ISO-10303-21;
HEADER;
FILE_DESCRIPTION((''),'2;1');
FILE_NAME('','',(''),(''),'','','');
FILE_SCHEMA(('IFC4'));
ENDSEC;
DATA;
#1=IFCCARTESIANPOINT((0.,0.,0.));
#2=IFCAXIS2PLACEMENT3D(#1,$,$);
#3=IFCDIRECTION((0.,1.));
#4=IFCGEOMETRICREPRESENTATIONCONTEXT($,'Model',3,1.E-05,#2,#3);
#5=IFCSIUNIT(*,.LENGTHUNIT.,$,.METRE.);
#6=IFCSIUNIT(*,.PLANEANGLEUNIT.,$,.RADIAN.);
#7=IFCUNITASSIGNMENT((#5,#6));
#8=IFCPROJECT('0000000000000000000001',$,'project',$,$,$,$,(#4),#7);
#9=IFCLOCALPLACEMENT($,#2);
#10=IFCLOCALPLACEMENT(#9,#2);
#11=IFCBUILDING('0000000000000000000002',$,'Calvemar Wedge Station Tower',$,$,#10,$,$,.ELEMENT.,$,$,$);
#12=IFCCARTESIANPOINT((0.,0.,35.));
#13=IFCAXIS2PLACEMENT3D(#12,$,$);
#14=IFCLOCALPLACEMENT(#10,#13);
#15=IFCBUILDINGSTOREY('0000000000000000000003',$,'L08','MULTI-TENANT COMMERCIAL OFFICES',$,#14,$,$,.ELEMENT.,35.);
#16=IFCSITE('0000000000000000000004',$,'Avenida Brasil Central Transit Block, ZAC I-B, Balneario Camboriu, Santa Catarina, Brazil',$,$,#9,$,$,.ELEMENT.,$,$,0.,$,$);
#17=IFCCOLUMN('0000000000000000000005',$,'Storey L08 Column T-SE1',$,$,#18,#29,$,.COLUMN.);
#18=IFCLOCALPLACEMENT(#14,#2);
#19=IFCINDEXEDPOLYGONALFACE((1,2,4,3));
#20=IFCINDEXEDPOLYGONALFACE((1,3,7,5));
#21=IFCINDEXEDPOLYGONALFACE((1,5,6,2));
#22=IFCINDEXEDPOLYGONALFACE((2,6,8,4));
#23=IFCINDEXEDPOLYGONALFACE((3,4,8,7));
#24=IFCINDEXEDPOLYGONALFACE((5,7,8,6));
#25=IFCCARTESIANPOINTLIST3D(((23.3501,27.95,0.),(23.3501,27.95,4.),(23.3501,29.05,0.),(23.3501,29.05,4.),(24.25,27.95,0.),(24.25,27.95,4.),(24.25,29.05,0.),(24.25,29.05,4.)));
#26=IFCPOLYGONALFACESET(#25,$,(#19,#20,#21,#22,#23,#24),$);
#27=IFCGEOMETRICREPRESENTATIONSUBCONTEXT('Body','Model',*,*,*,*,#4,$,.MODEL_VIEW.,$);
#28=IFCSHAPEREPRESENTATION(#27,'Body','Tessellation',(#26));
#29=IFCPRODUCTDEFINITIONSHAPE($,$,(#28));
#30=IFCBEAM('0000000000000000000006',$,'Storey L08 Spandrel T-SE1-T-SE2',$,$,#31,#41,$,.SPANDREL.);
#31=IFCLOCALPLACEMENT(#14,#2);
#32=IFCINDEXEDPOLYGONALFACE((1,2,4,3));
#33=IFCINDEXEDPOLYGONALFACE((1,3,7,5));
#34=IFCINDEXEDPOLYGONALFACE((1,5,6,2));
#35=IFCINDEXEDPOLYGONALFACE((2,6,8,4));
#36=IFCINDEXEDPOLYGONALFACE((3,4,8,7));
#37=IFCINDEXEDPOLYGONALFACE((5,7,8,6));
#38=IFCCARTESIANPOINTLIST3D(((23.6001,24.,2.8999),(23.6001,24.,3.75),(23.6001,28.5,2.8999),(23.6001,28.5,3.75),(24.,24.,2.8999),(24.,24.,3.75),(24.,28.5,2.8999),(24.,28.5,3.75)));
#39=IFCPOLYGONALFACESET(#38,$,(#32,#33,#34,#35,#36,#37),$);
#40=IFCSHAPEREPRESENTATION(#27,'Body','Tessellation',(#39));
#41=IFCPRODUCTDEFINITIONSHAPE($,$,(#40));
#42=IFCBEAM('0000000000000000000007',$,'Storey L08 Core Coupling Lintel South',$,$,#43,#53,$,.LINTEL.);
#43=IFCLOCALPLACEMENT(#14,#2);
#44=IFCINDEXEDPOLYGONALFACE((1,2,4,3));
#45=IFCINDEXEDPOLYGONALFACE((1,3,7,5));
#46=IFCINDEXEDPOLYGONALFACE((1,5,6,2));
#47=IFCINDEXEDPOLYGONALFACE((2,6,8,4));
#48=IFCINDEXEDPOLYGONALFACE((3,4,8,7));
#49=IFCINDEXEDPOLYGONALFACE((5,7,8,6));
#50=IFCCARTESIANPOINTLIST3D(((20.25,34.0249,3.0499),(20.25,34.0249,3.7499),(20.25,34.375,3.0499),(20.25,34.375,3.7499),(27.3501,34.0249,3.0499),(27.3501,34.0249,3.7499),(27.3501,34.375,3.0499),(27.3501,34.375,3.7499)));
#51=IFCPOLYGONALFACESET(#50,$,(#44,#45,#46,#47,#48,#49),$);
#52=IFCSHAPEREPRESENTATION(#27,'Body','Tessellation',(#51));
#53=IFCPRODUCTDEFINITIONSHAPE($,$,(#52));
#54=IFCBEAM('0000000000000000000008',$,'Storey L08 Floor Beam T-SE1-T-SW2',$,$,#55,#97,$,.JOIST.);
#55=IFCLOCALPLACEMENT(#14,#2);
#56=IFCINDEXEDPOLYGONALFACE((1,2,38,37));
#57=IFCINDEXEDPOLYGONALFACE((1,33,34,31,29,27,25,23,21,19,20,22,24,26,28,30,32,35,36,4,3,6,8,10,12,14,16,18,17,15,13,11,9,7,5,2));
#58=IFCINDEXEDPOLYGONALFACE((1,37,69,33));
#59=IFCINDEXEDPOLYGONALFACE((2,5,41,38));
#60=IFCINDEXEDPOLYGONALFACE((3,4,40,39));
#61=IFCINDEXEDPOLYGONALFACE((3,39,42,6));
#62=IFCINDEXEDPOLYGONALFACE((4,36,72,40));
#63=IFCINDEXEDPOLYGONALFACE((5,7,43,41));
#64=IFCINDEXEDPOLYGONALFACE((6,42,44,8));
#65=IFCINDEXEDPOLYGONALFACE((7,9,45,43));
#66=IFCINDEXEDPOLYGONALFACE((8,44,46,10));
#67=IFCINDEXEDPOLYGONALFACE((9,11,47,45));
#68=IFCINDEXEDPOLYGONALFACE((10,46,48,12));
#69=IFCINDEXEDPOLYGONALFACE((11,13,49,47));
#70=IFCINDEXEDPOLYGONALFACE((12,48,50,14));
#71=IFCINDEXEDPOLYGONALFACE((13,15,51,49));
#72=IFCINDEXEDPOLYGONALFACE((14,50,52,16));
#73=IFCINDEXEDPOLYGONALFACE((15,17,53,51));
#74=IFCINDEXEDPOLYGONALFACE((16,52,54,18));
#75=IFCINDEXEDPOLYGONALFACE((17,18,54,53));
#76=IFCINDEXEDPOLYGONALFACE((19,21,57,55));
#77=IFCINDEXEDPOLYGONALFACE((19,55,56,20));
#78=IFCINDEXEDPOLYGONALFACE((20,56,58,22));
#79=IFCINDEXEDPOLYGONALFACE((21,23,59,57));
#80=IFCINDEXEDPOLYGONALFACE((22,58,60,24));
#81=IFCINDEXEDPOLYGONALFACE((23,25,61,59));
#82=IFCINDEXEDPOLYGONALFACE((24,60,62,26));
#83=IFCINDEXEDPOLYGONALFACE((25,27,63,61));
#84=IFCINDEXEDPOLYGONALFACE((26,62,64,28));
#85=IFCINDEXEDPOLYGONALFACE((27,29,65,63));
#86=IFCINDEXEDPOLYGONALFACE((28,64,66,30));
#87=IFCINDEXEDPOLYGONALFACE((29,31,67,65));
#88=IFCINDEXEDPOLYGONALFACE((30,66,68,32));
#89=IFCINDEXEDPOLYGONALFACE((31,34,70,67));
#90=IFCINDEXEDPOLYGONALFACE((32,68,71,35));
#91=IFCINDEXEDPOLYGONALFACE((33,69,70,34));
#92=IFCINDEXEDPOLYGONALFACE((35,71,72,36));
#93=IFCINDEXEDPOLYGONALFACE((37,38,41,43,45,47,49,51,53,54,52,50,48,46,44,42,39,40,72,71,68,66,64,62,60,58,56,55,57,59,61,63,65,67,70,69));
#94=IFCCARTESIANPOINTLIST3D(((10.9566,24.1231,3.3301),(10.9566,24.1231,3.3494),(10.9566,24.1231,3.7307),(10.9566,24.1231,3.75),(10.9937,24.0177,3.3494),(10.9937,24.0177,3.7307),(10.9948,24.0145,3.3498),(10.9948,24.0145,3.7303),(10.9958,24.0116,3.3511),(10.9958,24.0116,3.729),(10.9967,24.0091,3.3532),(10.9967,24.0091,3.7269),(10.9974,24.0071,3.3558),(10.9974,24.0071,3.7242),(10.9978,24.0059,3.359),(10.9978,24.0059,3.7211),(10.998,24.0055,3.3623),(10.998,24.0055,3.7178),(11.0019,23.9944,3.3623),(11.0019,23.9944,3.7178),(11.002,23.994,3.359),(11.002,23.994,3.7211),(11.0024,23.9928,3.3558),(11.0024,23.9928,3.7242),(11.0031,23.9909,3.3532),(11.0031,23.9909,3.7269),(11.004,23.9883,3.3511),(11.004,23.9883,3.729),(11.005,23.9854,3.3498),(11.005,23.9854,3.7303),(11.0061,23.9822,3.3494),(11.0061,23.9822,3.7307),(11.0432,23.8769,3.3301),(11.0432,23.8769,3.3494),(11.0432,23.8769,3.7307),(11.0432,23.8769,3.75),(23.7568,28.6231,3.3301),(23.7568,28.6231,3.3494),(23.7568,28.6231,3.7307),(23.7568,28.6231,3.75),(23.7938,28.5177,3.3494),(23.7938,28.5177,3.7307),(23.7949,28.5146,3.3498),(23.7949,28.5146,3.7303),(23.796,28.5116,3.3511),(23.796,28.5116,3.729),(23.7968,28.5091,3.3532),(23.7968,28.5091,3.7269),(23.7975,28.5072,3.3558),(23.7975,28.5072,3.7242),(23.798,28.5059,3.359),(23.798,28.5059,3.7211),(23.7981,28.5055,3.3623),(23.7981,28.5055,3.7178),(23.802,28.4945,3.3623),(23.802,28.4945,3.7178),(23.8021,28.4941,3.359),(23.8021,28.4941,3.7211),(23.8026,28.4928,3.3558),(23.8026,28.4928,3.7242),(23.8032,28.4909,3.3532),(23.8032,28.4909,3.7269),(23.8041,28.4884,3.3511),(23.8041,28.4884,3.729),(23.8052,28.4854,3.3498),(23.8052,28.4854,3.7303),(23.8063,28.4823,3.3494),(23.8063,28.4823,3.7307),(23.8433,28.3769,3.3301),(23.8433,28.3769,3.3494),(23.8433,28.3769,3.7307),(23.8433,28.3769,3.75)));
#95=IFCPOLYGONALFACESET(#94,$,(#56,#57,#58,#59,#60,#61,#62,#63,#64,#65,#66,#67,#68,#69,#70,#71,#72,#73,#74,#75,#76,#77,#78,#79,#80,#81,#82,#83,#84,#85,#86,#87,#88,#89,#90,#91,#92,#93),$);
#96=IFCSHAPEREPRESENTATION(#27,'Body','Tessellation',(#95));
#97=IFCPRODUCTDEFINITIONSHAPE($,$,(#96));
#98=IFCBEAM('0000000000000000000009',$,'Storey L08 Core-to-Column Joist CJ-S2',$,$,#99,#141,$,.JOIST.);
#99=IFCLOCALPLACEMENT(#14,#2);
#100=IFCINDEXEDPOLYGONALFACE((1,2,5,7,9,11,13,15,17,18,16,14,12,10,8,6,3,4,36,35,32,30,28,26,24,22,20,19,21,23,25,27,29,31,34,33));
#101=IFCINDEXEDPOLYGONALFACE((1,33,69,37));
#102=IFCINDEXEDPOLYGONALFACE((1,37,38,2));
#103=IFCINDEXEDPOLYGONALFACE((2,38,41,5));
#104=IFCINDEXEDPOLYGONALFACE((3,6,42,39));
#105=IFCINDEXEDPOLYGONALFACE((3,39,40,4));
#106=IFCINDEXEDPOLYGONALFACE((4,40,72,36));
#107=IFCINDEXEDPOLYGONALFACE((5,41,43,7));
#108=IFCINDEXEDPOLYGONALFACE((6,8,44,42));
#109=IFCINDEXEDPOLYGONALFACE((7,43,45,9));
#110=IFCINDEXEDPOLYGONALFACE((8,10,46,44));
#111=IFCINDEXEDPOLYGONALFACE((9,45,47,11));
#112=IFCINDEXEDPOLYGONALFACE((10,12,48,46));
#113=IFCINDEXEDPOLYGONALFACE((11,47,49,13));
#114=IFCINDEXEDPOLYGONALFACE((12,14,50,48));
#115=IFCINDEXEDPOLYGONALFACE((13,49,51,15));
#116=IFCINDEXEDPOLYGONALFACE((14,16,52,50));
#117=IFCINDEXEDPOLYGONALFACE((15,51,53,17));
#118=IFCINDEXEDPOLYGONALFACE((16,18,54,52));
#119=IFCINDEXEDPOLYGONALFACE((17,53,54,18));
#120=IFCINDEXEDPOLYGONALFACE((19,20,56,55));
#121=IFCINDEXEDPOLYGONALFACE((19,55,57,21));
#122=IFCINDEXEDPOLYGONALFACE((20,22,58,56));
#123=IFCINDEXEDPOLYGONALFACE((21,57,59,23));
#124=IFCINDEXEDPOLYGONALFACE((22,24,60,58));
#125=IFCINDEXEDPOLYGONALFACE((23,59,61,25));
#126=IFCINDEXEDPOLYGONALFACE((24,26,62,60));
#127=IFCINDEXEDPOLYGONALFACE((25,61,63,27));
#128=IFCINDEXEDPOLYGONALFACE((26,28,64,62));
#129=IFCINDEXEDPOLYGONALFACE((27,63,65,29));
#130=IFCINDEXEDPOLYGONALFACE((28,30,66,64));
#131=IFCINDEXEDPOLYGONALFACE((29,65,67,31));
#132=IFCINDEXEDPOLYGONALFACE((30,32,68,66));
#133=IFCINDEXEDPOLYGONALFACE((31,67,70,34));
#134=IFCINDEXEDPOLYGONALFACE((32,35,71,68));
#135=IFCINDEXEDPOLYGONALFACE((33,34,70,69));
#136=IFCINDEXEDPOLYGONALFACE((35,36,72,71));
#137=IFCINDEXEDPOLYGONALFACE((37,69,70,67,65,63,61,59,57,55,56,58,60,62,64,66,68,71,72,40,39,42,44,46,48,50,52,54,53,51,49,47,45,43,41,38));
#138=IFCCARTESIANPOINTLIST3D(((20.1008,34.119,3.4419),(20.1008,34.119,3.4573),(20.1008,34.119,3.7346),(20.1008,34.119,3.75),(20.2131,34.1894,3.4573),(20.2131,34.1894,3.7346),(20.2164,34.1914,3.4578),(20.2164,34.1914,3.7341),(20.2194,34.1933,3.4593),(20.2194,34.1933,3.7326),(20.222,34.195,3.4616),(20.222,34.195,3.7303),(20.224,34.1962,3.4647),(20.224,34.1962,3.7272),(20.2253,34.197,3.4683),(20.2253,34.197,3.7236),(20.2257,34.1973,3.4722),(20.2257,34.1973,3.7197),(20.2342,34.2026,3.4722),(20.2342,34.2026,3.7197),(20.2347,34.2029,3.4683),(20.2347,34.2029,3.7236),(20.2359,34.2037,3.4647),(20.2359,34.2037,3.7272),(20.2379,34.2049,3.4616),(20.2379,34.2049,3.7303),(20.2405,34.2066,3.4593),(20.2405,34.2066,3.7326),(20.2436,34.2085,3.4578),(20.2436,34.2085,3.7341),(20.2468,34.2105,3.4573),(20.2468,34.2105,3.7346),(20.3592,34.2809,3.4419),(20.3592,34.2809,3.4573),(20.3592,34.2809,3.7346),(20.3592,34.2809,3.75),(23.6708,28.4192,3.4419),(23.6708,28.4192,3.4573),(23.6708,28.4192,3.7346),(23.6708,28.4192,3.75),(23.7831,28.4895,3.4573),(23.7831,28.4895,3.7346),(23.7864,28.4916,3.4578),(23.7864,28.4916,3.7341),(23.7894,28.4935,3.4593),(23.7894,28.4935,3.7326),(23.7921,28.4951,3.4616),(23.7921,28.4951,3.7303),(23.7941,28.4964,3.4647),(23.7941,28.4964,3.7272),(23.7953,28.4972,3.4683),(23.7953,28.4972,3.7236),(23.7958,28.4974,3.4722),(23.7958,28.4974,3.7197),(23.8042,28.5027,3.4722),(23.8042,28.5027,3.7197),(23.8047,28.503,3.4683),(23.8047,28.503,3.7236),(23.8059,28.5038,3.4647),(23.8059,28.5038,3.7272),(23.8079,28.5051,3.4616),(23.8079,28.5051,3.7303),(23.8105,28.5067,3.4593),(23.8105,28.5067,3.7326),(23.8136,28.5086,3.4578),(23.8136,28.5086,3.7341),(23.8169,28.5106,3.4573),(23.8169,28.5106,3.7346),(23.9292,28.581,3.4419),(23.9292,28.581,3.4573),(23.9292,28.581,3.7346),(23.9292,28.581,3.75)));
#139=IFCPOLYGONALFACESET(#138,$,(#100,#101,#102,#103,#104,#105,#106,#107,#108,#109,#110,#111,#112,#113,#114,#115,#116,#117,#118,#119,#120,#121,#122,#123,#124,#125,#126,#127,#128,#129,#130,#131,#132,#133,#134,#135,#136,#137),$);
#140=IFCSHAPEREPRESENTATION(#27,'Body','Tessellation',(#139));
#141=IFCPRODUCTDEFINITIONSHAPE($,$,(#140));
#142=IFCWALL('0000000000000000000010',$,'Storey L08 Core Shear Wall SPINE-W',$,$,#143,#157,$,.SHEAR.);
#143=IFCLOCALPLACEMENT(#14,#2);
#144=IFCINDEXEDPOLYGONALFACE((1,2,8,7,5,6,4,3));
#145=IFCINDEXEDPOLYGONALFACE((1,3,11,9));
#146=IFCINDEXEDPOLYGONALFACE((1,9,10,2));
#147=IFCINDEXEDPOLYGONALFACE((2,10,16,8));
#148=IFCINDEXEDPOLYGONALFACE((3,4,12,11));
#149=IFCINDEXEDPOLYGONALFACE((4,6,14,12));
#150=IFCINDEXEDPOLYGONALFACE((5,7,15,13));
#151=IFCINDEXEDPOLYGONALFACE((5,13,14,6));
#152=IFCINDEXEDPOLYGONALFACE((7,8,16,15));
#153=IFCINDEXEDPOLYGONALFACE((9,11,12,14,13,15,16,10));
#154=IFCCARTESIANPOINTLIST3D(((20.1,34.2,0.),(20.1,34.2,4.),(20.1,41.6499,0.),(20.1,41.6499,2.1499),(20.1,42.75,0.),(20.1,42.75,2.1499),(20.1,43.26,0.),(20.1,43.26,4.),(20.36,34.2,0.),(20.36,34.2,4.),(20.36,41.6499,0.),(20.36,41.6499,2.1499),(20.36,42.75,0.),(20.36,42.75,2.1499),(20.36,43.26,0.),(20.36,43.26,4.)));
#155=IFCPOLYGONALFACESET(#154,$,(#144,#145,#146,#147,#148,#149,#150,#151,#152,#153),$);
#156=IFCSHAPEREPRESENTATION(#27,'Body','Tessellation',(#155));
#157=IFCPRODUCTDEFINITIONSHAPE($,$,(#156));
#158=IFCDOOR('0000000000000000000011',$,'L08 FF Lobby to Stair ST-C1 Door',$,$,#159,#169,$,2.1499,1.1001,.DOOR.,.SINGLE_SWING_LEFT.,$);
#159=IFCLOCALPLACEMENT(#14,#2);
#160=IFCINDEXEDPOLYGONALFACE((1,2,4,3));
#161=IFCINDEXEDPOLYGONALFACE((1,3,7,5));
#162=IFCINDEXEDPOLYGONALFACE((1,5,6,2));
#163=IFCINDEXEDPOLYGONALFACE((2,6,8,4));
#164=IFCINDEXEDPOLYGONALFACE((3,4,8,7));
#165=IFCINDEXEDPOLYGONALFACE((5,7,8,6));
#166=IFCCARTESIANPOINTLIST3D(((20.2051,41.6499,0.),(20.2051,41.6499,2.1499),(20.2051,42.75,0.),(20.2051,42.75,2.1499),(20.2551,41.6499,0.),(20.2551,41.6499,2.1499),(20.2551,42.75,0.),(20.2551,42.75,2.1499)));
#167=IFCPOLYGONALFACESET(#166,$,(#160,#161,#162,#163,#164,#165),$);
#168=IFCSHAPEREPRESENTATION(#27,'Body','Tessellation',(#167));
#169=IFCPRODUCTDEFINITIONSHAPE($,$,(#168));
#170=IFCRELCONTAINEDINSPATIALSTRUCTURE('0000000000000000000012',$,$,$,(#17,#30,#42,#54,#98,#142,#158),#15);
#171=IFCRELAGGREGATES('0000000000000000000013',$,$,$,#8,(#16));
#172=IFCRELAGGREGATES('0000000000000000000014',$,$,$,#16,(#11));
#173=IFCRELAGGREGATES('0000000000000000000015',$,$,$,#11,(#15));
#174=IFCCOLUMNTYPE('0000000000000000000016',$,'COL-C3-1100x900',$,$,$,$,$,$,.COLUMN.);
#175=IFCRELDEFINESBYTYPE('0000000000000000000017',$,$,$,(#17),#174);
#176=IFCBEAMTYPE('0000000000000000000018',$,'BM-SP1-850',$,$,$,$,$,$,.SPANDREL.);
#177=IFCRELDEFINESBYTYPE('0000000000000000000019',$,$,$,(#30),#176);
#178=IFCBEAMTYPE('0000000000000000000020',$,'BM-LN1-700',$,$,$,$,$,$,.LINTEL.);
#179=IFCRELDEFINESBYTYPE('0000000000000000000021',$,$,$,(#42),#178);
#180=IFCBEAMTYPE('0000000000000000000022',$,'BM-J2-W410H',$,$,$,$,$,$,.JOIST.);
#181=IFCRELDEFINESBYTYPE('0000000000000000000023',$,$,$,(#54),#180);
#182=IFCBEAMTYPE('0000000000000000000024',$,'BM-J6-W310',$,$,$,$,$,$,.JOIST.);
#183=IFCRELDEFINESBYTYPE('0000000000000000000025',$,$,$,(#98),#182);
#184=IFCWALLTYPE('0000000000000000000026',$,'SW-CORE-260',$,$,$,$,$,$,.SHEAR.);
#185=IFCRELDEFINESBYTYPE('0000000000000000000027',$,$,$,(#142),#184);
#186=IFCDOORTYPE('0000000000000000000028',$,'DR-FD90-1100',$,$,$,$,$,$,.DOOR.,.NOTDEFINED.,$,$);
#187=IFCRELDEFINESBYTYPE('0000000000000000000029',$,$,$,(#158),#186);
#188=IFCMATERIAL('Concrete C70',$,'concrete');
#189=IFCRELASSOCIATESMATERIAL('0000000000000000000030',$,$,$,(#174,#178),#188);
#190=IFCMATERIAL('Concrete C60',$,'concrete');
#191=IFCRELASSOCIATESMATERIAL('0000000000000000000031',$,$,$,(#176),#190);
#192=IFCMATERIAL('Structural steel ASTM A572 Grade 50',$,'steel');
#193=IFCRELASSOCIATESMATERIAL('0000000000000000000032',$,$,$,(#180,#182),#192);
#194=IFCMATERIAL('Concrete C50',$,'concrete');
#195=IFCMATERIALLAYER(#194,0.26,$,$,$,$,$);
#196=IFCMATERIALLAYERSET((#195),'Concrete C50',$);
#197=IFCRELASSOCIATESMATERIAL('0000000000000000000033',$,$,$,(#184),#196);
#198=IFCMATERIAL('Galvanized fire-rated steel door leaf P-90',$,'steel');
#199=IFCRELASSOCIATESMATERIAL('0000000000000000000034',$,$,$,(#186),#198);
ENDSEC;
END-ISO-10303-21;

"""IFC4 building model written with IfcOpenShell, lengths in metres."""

from ifc_helpers import new_model, si_unit, direction, frame, frame_2d, origin, origin_2d, place, context, subcontext, project, spatial, rectangle, i_section, extrude, source, transform, mapped, material, layer, layer_set, material_profile, profile_set, type_object, element, fill, save


model = new_model("IFC4")

# Units and contexts
model_context = context("Model", 3, precision=1e-05, world=origin(), true_north=direction((0.0, 1.0)))
body_context = subcontext(model_context, "Body", "Model", "MODEL_VIEW")
ifc_project = project(units=[si_unit("LENGTHUNIT", "METRE"), si_unit("PLANEANGLEUNIT", "RADIAN")], contexts=[model_context])

# Site, building, storey
site_placement = place(None, origin())
site = spatial("IfcSite", under=ifc_project, at=site_placement, Name="Avenida Brasil Central Transit Block, ZAC I-B, Balneario Camboriu, Santa Catarina, Brazil", CompositionType="ELEMENT", RefElevation=0.0)
building_placement = place(site_placement, origin())
building = spatial("IfcBuilding", under=site, at=building_placement, Name="Calvemar Wedge Station Tower", CompositionType="ELEMENT")
storey_placement = place(building_placement, frame((0.0, 0.0, 35.0)))
storey = spatial("IfcBuildingStorey", under=building, at=storey_placement, Name="L08", Description="MULTI-TENANT COMMERCIAL OFFICES", CompositionType="ELEMENT", Elevation=35.0)

# Column
ifc_material_1 = material(Name="Concrete C70", Category="concrete")
ifc_material_profile_1 = material_profile(ifc_material_1, rectangle(XDim=0.8999, YDim=1.1001, at=origin_2d()), Name="RC1100x900")
ifc_profile_set_1 = profile_set([ifc_material_profile_1], Name="Concrete C70")
column_type = type_object("IfcColumnType", Name="COL-C3-1100x900", PredefinedType="COLUMN", material=ifc_profile_set_1)
shared_shape_1 = source(origin(), body_context, "Body", "SweptSolid", [
    extrude(rectangle(XDim=0.8999, YDim=1.1001, at=origin_2d()), origin(), (0.0, 0.0, 1.0), 4.0),
])
column_placement = place(storey_placement, frame((23.8, 28.5, 0.0), z_axis=(0.0, 0.0, 1.0), x_axis=(1.0, 0.0, 0.0)))
element("IfcColumn", 1, at=column_placement, inside=storey, type_object=column_type, Name="Storey L08 Column T-SE1", PredefinedType="COLUMN", context=body_context, shape_type="MappedRepresentation", body=[
    mapped(shared_shape_1, transform((0.0, 0.0, 0.0), scale=1.0)),
])

# Beams
ifc_material_2 = material(Name="Concrete C60", Category="concrete")
ifc_material_profile_2 = material_profile(ifc_material_2, rectangle(XDim=0.3999, YDim=0.8501, at=origin_2d()), Name="RC400x850")
ifc_profile_set_2 = profile_set([ifc_material_profile_2], Name="Concrete C60")
beam_type_1 = type_object("IfcBeamType", Name="BM-SP1-850", PredefinedType="SPANDREL", material=ifc_profile_set_2)
shared_shape_2 = source(origin(), body_context, "Body", "SweptSolid", [
    extrude(rectangle(XDim=0.3999, YDim=0.8501, at=origin_2d()), origin(), (0.0, 0.0, 1.0), 4.5),
])
beam_1_placement = place(storey_placement, frame((23.8, 28.5, 3.325), z_axis=(0.0, -1.0, 0.0), x_axis=(1.0, 0.0, 0.0)))
element("IfcBeam", 2, at=beam_1_placement, inside=storey, type_object=beam_type_1, Name="Storey L08 Spandrel T-SE1-T-SE2", PredefinedType="SPANDREL", context=body_context, shape_type="MappedRepresentation", body=[
    mapped(shared_shape_2, transform((0.0, 0.0, 0.0), scale=1.0)),
])
ifc_material_profile_3 = material_profile(ifc_material_1, rectangle(XDim=0.3501, YDim=0.7, at=origin_2d()), Name="RC350x700")
ifc_profile_set_3 = profile_set([ifc_material_profile_3], Name="Concrete C70")
beam_type_2 = type_object("IfcBeamType", Name="BM-LN1-700", PredefinedType="LINTEL", material=ifc_profile_set_3)
shared_shape_3 = source(origin(), body_context, "Body", "SweptSolid", [
    extrude(rectangle(XDim=0.3501, YDim=0.7, at=origin_2d()), origin(), (0.0, 0.0, 1.0), 7.1001),
])
beam_2_placement = place(storey_placement, frame((20.25, 34.2, 3.3999), z_axis=(1.0, 0.0, 0.0), x_axis=(0.0, 1.0, 0.0)))
element("IfcBeam", 3, at=beam_2_placement, inside=storey, type_object=beam_type_2, Name="Storey L08 Core Coupling Lintel South", PredefinedType="LINTEL", context=body_context, shape_type="MappedRepresentation", body=[
    mapped(shared_shape_3, transform((0.0, 0.0, 0.0), scale=1.0)),
])
ifc_material_3 = material(Name="Structural steel ASTM A572 Grade 50", Category="steel")
ifc_material_profile_4 = material_profile(ifc_material_3, i_section(OverallWidth=0.261, OverallDepth=0.4199, WebThickness=0.0117, FlangeThickness=0.0193, FilletRadius=0.0129, at=origin_2d()), Name="W410x114")
ifc_profile_set_4 = profile_set([ifc_material_profile_4], Name="Structural steel ASTM A572 Grade 50")
beam_type_3 = type_object("IfcBeamType", Name="BM-J2-W410H", PredefinedType="JOIST", material=ifc_profile_set_4)
shared_shape_4 = source(origin(), body_context, "Body", "SweptSolid", [
    extrude(i_section(OverallWidth=0.261, OverallDepth=0.4199, WebThickness=0.0117, FlangeThickness=0.0193, FilletRadius=0.0129, at=origin_2d()), origin(), (0.0, 0.0, 1.0), 13.5681),
])
beam_3_placement = place(storey_placement, frame((23.8, 28.5, 3.54), z_axis=(-0.943398, -0.331662, 0.0), x_axis=(0.331662, -0.943398, 0.0)))
element("IfcBeam", 4, at=beam_3_placement, inside=storey, type_object=beam_type_3, Name="Storey L08 Floor Beam T-SE1-T-SW2", PredefinedType="JOIST", context=body_context, shape_type="MappedRepresentation", body=[
    mapped(shared_shape_4, transform((0.0, 0.0, 0.0), scale=1.0)),
])
ifc_material_profile_5 = material_profile(ifc_material_3, i_section(OverallWidth=0.3049, OverallDepth=0.3081, WebThickness=0.01, FlangeThickness=0.0154, FilletRadius=0.0149, at=origin_2d()), Name="W310x97")
ifc_profile_set_5 = profile_set([ifc_material_profile_5], Name="Structural steel ASTM A572 Grade 50")
beam_type_4 = type_object("IfcBeamType", Name="BM-J6-W310", PredefinedType="JOIST", material=ifc_profile_set_5)
shared_shape_5 = source(origin(), body_context, "Body", "SweptSolid", [
    extrude(i_section(OverallWidth=0.3049, OverallDepth=0.3081, WebThickness=0.01, FlangeThickness=0.0154, FilletRadius=0.0149, at=origin_2d()), origin(), (0.0, 0.0, 1.0), 6.7256),
])
beam_4_placement = place(storey_placement, frame((20.23, 34.2, 3.5959), z_axis=(0.530811, -0.84749, 0.0), x_axis=(0.84749, 0.530811, 0.0)))
element("IfcBeam", 5, at=beam_4_placement, inside=storey, type_object=beam_type_4, Name="Storey L08 Core-to-Column Joist CJ-S2", PredefinedType="JOIST", context=body_context, shape_type="MappedRepresentation", body=[
    mapped(shared_shape_5, transform((0.0, 0.0, 0.0), scale=1.0)),
])

# Wall, opening, door
ifc_material_4 = material(Name="Concrete C50", Category="concrete")
ifc_layer_1 = layer(ifc_material_4, 0.26)
ifc_layer_set_1 = layer_set([ifc_layer_1], Name="Concrete C50")
wall_type_1 = type_object("IfcWallType", Name="SW-CORE-260", PredefinedType="SHEAR", material=ifc_layer_set_1)
wall_1_placement = place(storey_placement, frame((20.23, 34.2, 0.0), z_axis=(0.0, 0.0, 1.0), x_axis=(0.0, 1.0, 0.0)))
wall_1 = element("IfcWall", 6, at=wall_1_placement, inside=storey, type_object=wall_type_1, Name="Storey L08 Core Shear Wall SPINE-W", PredefinedType="SHEAR", context=body_context, shape_type="SweptSolid", body=[
    extrude(rectangle(XDim=9.0601, YDim=0.26, at=frame_2d((4.53, 0.0))), origin(), (0.0, 0.0, 1.0), 4.0),
])
shared_shape_6 = source(origin(), body_context, "Body", "SweptSolid", [
    extrude(rectangle(XDim=1.1001, YDim=2.1499, at=frame_2d((0.55, 1.075))), frame((0.0, 0.1401, 0.0), z_axis=(0.0, -1.0, 0.0), x_axis=(1.0, 0.0, 0.0)), (0.0, 0.0, 1.0), 0.28),
])
opening_1_placement = place(wall_1_placement, frame((7.45, 0.0, 0.0)))
opening_1 = element("IfcOpeningElement", 7, at=opening_1_placement, cuts=wall_1, PredefinedType="OPENING", context=body_context, shape_type="MappedRepresentation", body=[
    mapped(shared_shape_6, transform((0.0, 0.0, 0.0), scale=1.0)),
])
ifc_material_5 = material(Name="Galvanized fire-rated steel door leaf P-90", Category="steel")
door_type_1 = type_object("IfcDoorType", Name="DR-FD90-1100", OperationType="NOTDEFINED", PredefinedType="DOOR", material=ifc_material_5)
shared_shape_7 = source(origin(), body_context, "Body", "SweptSolid", [
    extrude(rectangle(XDim=1.1001, YDim=2.1499, at=frame_2d((0.55, 1.075))), frame((0.0, 0.0249, 0.0), z_axis=(0.0, -1.0, 0.0), x_axis=(1.0, 0.0, 0.0)), (0.0, 0.0, 1.0), 0.05),
])
door_1_placement = place(opening_1_placement, origin())
door_1 = element("IfcDoor", 8, at=door_1_placement, inside=storey, type_object=door_type_1, Name="L08 FF Lobby to Stair ST-C1 Door", OperationType="SINGLE_SWING_LEFT", OverallHeight=2.1499, OverallWidth=1.1001, PredefinedType="DOOR", context=body_context, shape_type="MappedRepresentation", body=[
    mapped(shared_shape_7, transform((0.0, 0.0, 0.0), scale=1.0)),
])
fill(opening_1, door_1)

save(model, "model.ifc")
